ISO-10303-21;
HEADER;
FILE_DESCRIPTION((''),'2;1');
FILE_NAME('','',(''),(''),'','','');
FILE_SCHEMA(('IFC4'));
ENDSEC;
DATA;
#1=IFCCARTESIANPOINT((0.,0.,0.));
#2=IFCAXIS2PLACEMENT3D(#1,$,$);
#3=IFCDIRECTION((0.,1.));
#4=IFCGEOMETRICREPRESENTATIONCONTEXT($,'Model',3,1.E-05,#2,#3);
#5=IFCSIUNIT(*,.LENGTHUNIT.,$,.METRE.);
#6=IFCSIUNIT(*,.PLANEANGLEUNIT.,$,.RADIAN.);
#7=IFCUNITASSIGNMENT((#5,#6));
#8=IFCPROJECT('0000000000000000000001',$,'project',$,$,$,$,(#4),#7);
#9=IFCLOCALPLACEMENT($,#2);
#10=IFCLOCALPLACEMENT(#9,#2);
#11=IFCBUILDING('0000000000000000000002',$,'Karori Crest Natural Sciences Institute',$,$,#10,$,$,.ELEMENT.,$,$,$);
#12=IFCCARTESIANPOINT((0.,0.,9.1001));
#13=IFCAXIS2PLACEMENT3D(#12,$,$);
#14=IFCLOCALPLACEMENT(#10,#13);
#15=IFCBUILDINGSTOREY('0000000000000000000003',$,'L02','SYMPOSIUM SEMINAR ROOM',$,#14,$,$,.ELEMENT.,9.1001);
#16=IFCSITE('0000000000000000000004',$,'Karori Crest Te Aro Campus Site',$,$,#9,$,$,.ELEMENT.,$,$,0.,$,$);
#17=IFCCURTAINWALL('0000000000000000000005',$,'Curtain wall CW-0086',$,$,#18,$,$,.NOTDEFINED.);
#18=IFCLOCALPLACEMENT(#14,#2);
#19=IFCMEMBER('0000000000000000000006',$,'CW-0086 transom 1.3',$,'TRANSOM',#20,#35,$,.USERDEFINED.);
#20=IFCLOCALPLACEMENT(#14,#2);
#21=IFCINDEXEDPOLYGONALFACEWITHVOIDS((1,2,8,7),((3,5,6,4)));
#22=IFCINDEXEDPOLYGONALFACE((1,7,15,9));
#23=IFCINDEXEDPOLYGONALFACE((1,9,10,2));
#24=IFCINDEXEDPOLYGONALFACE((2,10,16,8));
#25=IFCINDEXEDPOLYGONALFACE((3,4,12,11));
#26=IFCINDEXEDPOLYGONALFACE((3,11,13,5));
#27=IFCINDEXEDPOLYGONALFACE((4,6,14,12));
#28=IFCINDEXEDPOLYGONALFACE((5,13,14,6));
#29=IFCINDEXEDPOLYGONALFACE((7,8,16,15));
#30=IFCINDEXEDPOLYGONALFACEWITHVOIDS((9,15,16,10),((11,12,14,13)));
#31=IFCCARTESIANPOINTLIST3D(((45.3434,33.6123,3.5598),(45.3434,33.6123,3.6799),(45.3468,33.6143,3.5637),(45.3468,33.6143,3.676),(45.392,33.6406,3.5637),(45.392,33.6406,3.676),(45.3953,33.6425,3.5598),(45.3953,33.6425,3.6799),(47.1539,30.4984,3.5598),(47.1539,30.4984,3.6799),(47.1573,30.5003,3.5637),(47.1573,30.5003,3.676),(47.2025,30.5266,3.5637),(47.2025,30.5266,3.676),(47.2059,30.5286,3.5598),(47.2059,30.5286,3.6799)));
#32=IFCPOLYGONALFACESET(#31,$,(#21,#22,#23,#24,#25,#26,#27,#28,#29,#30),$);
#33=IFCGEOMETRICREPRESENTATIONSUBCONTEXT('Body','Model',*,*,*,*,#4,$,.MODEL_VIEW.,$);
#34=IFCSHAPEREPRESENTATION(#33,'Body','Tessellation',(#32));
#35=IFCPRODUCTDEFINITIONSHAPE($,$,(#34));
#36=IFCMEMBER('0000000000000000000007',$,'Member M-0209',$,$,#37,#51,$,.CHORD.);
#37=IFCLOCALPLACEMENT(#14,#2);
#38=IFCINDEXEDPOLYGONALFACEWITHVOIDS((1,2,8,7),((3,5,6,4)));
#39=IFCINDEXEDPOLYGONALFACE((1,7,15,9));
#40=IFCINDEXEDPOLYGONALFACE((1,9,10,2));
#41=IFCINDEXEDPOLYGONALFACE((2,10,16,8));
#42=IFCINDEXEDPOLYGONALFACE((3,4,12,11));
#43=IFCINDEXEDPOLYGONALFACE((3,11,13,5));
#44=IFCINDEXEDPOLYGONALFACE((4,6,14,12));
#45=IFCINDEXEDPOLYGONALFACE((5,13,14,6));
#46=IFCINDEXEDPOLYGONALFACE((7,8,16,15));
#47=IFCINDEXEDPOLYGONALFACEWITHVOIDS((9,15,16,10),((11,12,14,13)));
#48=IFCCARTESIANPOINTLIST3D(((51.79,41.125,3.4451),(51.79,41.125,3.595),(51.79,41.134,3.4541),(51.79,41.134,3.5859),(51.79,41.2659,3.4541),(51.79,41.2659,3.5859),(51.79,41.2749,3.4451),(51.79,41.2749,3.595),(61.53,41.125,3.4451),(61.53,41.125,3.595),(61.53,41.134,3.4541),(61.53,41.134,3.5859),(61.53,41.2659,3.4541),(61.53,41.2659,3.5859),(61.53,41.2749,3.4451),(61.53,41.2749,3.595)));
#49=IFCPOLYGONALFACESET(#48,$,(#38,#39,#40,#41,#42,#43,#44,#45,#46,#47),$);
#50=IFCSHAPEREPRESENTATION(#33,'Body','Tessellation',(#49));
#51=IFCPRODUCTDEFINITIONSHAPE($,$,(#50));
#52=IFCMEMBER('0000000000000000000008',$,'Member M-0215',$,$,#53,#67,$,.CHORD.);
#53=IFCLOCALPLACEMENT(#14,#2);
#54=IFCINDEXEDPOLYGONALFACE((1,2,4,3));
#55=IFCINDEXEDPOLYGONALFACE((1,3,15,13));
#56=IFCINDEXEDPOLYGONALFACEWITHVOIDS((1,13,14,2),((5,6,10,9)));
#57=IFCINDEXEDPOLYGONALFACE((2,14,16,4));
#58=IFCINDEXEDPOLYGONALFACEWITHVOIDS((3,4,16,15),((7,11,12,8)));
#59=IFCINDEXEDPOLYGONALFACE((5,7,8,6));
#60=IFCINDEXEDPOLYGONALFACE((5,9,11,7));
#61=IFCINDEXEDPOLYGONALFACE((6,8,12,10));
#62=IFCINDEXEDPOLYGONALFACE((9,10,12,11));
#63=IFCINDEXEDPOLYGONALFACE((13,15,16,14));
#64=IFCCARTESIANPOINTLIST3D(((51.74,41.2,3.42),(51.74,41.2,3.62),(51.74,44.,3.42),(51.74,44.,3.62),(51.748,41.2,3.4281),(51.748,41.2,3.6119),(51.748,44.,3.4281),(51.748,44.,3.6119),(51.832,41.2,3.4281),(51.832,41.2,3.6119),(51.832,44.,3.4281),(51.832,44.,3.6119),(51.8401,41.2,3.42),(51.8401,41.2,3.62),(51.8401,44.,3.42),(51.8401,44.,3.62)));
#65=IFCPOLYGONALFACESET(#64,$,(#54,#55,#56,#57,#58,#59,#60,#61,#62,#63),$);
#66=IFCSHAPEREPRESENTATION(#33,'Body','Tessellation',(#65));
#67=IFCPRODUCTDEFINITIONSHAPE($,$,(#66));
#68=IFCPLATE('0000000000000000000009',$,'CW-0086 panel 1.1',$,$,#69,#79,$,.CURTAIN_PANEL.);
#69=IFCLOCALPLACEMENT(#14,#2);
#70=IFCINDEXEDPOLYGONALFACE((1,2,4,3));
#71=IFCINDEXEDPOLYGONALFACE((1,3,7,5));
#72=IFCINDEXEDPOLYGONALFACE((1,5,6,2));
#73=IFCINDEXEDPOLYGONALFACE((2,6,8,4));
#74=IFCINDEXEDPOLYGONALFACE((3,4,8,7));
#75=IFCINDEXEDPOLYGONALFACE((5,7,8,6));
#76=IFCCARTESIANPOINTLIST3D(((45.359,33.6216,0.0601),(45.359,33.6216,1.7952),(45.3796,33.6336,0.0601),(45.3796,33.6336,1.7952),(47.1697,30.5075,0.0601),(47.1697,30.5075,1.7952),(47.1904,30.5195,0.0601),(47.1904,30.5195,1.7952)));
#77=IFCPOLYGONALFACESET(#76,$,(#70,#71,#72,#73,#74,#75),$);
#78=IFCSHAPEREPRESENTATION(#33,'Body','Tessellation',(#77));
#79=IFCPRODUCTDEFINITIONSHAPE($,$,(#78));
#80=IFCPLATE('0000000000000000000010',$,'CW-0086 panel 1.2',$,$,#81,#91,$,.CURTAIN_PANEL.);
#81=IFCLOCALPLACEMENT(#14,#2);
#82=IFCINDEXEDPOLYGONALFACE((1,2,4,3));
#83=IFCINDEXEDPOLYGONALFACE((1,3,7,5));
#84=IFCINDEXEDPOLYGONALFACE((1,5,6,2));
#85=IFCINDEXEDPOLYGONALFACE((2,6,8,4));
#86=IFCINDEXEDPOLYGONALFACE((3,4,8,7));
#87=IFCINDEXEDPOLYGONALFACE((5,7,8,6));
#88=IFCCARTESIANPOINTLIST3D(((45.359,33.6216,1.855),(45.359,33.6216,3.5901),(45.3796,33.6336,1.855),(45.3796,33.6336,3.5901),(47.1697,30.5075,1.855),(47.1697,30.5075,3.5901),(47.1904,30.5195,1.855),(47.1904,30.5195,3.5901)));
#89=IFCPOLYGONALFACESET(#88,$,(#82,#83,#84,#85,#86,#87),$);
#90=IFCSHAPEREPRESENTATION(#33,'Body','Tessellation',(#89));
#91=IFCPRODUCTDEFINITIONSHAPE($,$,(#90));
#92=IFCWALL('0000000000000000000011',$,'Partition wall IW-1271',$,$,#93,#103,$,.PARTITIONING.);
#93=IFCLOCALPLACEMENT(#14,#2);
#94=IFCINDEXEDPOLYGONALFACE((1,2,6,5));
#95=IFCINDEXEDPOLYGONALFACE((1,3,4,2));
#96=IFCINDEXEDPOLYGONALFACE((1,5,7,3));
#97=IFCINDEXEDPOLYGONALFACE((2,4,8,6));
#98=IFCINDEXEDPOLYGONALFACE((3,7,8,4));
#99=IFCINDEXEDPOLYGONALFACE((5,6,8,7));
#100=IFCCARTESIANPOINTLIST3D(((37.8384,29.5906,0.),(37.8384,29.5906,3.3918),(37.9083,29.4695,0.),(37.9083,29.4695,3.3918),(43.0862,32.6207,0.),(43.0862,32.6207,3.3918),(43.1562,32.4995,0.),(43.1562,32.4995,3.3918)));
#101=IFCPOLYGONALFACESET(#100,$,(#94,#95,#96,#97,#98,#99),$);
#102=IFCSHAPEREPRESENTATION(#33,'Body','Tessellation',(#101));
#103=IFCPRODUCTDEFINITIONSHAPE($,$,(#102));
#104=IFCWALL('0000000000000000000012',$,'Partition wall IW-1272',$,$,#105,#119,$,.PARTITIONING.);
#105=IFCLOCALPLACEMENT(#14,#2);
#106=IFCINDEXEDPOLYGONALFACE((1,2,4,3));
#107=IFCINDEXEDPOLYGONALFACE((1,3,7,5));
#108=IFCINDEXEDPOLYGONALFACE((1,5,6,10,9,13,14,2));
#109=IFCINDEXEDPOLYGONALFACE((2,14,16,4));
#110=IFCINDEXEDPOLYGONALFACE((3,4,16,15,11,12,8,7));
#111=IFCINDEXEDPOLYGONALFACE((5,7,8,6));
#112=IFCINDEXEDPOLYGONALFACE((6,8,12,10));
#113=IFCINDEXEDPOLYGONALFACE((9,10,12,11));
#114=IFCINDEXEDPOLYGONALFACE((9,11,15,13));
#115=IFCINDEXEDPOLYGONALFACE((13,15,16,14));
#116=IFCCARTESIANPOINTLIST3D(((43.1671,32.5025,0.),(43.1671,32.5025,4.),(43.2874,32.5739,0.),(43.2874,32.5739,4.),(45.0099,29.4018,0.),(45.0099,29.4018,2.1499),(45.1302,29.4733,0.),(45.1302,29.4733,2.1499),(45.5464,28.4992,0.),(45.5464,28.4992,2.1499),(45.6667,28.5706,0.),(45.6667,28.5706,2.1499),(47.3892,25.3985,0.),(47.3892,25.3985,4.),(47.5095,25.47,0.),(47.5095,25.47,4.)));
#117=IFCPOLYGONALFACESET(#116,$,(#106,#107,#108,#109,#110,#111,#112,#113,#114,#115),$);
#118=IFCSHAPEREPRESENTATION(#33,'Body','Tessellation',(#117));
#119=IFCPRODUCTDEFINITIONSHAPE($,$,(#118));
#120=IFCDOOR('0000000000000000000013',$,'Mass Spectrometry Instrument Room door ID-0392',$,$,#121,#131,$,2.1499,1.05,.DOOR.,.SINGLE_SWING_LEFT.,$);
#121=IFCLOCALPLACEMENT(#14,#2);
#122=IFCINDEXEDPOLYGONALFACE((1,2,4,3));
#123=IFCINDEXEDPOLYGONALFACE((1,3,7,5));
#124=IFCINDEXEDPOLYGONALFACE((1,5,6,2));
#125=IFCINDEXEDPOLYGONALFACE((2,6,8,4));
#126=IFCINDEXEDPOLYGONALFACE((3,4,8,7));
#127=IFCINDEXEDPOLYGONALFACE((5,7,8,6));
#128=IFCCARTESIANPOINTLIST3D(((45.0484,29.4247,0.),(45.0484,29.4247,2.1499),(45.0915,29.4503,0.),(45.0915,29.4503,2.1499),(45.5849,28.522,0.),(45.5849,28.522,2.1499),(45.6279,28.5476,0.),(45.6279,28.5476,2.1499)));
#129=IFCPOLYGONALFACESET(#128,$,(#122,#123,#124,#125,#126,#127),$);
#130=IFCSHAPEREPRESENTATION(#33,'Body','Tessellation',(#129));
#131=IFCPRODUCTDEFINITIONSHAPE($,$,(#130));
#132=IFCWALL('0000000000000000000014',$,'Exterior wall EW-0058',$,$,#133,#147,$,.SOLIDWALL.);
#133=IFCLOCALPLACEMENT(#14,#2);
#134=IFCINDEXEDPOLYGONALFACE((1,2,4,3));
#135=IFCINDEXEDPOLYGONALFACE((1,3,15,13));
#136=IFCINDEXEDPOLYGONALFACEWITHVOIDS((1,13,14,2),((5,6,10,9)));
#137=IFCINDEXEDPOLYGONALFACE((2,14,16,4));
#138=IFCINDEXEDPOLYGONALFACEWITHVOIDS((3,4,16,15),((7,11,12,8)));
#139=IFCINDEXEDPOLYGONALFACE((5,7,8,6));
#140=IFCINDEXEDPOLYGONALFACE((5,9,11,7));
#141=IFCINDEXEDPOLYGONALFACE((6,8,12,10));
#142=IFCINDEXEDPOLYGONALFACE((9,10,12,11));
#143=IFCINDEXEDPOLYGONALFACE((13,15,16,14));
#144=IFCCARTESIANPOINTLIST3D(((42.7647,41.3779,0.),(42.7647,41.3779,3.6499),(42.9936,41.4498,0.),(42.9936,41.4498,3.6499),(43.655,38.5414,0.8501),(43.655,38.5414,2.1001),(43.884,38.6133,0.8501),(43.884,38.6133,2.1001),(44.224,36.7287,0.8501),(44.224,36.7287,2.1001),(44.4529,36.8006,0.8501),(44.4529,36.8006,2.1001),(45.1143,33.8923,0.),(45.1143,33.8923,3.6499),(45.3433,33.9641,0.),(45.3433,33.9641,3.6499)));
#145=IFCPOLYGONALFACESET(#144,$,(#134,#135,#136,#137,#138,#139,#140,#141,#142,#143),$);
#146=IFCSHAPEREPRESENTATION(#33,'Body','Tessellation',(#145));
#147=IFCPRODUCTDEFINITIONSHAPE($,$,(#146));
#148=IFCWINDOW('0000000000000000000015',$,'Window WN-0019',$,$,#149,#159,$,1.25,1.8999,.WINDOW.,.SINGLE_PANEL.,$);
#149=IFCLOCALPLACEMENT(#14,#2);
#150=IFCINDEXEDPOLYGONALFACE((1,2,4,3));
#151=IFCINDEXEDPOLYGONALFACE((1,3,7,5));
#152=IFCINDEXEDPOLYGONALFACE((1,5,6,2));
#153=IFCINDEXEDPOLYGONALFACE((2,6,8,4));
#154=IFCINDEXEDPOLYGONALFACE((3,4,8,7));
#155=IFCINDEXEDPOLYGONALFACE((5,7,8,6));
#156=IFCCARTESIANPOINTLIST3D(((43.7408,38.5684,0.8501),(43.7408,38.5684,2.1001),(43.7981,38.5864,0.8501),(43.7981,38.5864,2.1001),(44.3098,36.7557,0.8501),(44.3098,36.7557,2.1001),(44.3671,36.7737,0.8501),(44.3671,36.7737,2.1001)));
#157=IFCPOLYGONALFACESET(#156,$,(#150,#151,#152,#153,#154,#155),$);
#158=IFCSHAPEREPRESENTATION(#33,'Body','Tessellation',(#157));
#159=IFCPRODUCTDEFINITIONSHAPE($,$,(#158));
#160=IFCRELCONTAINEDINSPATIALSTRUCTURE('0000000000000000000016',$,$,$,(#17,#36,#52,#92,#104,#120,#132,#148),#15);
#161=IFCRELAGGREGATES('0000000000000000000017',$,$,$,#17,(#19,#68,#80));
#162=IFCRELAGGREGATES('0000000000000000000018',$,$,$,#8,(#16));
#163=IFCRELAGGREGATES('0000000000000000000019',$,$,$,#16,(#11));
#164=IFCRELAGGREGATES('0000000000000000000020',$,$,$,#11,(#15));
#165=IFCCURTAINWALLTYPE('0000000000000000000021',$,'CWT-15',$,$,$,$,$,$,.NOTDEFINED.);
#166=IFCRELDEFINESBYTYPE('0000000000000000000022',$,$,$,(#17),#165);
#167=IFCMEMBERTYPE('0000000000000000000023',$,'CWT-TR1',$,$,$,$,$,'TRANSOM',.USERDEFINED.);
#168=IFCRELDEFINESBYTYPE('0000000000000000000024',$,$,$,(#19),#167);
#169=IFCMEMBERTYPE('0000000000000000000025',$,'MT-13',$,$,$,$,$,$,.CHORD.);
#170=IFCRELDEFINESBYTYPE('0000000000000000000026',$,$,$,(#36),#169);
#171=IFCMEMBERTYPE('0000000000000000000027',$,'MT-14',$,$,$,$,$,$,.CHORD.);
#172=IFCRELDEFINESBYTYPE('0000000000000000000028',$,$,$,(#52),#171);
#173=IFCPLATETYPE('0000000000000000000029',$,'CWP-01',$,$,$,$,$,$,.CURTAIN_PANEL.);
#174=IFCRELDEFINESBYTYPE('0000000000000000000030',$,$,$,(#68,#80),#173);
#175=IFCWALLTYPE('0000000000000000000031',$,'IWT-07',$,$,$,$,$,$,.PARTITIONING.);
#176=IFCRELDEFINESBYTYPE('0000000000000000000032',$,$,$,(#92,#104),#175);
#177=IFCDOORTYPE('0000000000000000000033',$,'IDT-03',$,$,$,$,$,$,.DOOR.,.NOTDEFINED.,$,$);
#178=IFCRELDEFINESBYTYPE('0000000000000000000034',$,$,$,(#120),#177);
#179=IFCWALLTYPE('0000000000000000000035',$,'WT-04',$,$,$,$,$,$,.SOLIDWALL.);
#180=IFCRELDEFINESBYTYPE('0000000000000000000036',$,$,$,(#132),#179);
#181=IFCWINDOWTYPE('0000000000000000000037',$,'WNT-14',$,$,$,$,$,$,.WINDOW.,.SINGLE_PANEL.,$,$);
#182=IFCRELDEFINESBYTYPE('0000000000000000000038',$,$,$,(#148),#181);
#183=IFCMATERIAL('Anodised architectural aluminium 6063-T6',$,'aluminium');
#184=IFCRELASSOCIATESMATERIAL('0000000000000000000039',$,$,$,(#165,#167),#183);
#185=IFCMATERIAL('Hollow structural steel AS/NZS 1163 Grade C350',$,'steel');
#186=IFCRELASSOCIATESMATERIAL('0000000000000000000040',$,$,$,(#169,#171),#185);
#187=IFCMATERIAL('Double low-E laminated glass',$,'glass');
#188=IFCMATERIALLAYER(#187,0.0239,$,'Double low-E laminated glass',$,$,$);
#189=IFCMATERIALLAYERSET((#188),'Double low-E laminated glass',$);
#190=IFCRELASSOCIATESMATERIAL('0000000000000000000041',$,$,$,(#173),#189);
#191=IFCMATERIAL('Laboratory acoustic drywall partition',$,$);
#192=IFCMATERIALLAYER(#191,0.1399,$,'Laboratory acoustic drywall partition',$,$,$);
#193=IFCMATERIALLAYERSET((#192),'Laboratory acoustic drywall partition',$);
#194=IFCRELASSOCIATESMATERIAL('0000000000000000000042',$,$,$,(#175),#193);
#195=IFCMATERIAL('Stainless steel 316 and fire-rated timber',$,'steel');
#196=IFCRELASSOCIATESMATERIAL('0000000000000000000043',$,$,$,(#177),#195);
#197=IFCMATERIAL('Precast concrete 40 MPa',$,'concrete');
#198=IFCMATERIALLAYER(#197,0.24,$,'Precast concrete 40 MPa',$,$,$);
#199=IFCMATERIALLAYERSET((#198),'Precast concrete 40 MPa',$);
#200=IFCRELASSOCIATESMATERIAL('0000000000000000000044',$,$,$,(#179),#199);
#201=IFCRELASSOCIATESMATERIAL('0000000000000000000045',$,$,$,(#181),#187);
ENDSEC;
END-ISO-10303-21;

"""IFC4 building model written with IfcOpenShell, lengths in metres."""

from ifc_helpers import new_model, si_unit, direction, frame, frame_2d, origin, origin_2d, place, context, subcontext, project, spatial, rectangle, hollow_rectangle, extrude, material, layer, layer_set, material_profile, profile_set, type_object, element, fill, aggregate, save


model = new_model("IFC4")

# Units and contexts
model_context = context("Model", 3, precision=1e-05, world=origin(), true_north=direction((0.0, 1.0)))
body_context = subcontext(model_context, "Body", "Model", "MODEL_VIEW")
ifc_project = project(units=[si_unit("LENGTHUNIT", "METRE"), si_unit("PLANEANGLEUNIT", "RADIAN")], contexts=[model_context])

# Site, building, storey
site_placement = place(None, origin())
site = spatial("IfcSite", under=ifc_project, at=site_placement, Name="Karori Crest Te Aro Campus Site", CompositionType="ELEMENT", RefElevation=0.0)
building_placement = place(site_placement, origin())
building = spatial("IfcBuilding", under=site, at=building_placement, Name="Karori Crest Natural Sciences Institute", CompositionType="ELEMENT")
storey_placement = place(building_placement, frame((0.0, 0.0, 9.1001)))
storey = spatial("IfcBuildingStorey", under=building, at=storey_placement, Name="L02", Description="SYMPOSIUM SEMINAR ROOM", CompositionType="ELEMENT", Elevation=9.1001)

# Shared definitions
ifc_material_1 = material(Name="Hollow structural steel AS/NZS 1163 Grade C350", Category="steel")

# Curtain wall, member
ifc_material_2 = material(Name="Anodised architectural aluminium 6063-T6", Category="aluminium")
curtain_wall_type = type_object("IfcCurtainWallType", Name="CWT-15", PredefinedType="NOTDEFINED", material=ifc_material_2)
curtain_wall_placement = place(storey_placement, origin())
curtain_wall = element("IfcCurtainWall", 1, at=curtain_wall_placement, inside=storey, type_object=curtain_wall_type, Name="Curtain wall CW-0086", PredefinedType="NOTDEFINED")
ifc_material_profile_1 = material_profile(ifc_material_2, hollow_rectangle(XDim=0.0601, YDim=0.1201, WallThickness=0.0039, at=origin_2d()), Name="CWT120x60x4")
ifc_profile_set_1 = profile_set([ifc_material_profile_1], Name="Anodised architectural aluminium 6063-T6")
member_type_1 = type_object("IfcMemberType", Name="CWT-TR1", ElementType="TRANSOM", PredefinedType="USERDEFINED", material=ifc_profile_set_1)
member_1_placement = place(storey_placement, frame((45.3694, 33.6274, 3.6199), z_axis=(0.502636, -0.864498, 0.0), x_axis=(0.864498, 0.502636, 0.0)))
member_1 = element("IfcMember", 2, at=member_1_placement, type_object=member_type_1, Name="CW-0086 transom 1.3", ObjectType="TRANSOM", PredefinedType="USERDEFINED", context=body_context, shape_type="SweptSolid", body=[
    extrude(hollow_rectangle(XDim=0.0601, YDim=0.1201, WallThickness=0.0039, at=origin_2d()), origin(), (0.0, 0.0, 1.0), 3.6021),
])

# Members
ifc_material_profile_2 = material_profile(ifc_material_1, hollow_rectangle(XDim=0.1499, YDim=0.1499, WallThickness=0.009, at=origin_2d()), Name="SHS150x150x9")
ifc_profile_set_2 = profile_set([ifc_material_profile_2], Name="Hollow structural steel AS/NZS 1163 Grade C350")
member_type_2 = type_object("IfcMemberType", Name="MT-13", PredefinedType="CHORD", material=ifc_profile_set_2)
member_2_placement = place(storey_placement, frame((51.79, 41.2, 3.52), z_axis=(1.0, 0.0, 0.0), x_axis=(0.0, 1.0, 0.0)))
element("IfcMember", 3, at=member_2_placement, inside=storey, type_object=member_type_2, Name="Member M-0209", PredefinedType="CHORD", context=body_context, shape_type="SweptSolid", body=[
    extrude(hollow_rectangle(XDim=0.1499, YDim=0.1499, WallThickness=0.009, at=origin_2d()), origin(), (0.0, 0.0, 1.0), 9.74),
])
ifc_material_profile_3 = material_profile(ifc_material_1, hollow_rectangle(XDim=0.1001, YDim=0.2, WallThickness=0.0081, at=origin_2d()), Name="RHS200x100x8")
ifc_profile_set_3 = profile_set([ifc_material_profile_3], Name="Hollow structural steel AS/NZS 1163 Grade C350")
member_type_3 = type_object("IfcMemberType", Name="MT-14", PredefinedType="CHORD", material=ifc_profile_set_3)
member_3_placement = place(storey_placement, frame((51.79, 41.2, 3.52), z_axis=(0.0, 1.0, 0.0), x_axis=(-1.0, 0.0, 0.0)))
element("IfcMember", 4, at=member_3_placement, inside=storey, type_object=member_type_3, Name="Member M-0215", PredefinedType="CHORD", context=body_context, shape_type="SweptSolid", body=[
    extrude(hollow_rectangle(XDim=0.1001, YDim=0.2, WallThickness=0.0081, at=origin_2d()), origin(), (0.0, 0.0, 1.0), 2.8),
])

# Plates
ifc_material_3 = material(Name="Double low-E laminated glass", Category="glass")
ifc_layer_1 = layer(ifc_material_3, 0.0239, Name="Double low-E laminated glass")
ifc_layer_set_1 = layer_set([ifc_layer_1], Name="Double low-E laminated glass")
plate_type = type_object("IfcPlateType", Name="CWP-01", PredefinedType="CURTAIN_PANEL", material=ifc_layer_set_1)
plate_1_placement = place(storey_placement, frame((46.2747, 32.0706, 0.0601), z_axis=(0.0, 0.0, 1.0), x_axis=(0.50266, -0.864484, 0.0)))
plate_1 = element("IfcPlate", 5, at=plate_1_placement, type_object=plate_type, Name="CW-0086 panel 1.1", PredefinedType="CURTAIN_PANEL", context=body_context, shape_type="SweptSolid", body=[
    extrude(rectangle(XDim=3.6023, YDim=0.0239, at=origin_2d()), origin(), (0.0, 0.0, 1.0), 1.7351),
])
plate_2_placement = place(storey_placement, frame((46.2747, 32.0706, 1.855), z_axis=(0.0, 0.0, 1.0), x_axis=(0.50266, -0.864484, 0.0)))
plate_2 = element("IfcPlate", 6, at=plate_2_placement, type_object=plate_type, Name="CW-0086 panel 1.2", PredefinedType="CURTAIN_PANEL", context=body_context, shape_type="SweptSolid", body=[
    extrude(rectangle(XDim=3.6023, YDim=0.0239, at=origin_2d()), origin(), (0.0, 0.0, 1.0), 1.7351),
])
aggregate(curtain_wall, [member_1, plate_1, plate_2])

# Wall
ifc_material_4 = material(Name="Laboratory acoustic drywall partition")
ifc_layer_2 = layer(ifc_material_4, 0.1399, Name="Laboratory acoustic drywall partition")
ifc_layer_set_2 = layer_set([ifc_layer_2], Name="Laboratory acoustic drywall partition")
wall_type_1 = type_object("IfcWallType", Name="IWT-07", PredefinedType="PARTITIONING", material=ifc_layer_set_2)
wall_1_placement = place(storey_placement, frame((43.1211, 32.5601, 0.0), z_axis=(0.0, 0.0, 1.0), x_axis=(-0.86601, -0.500026, 0.0)))
element("IfcWall", 7, at=wall_1_placement, inside=storey, type_object=wall_type_1, Name="Partition wall IW-1271", PredefinedType="PARTITIONING", context=body_context, shape_type="SweptSolid", body=[
    extrude(rectangle(XDim=6.0598, YDim=0.1399, at=frame_2d((3.0298, 0.0))), origin(), (0.0, 0.0, 1.0), 3.3918),
])

# Wall, opening, door
wall_2_placement = place(storey_placement, frame((43.2273, 32.5381, 0.0), z_axis=(0.0, 0.0, 1.0), x_axis=(0.510911, -0.859633, 0.0)))
wall_2 = element("IfcWall", 8, at=wall_2_placement, inside=storey, type_object=wall_type_1, Name="Partition wall IW-1272", PredefinedType="PARTITIONING", context=body_context, shape_type="SweptSolid", body=[
    extrude(rectangle(XDim=8.2639, YDim=0.1399, at=frame_2d((4.1318, 0.0))), origin(), (0.0, 0.0, 1.0), 4.0),
])
opening_1_placement = place(wall_2_placement, frame((3.6069, 0.0, 0.0)))
opening_1 = element("IfcOpeningElement", 9, at=opening_1_placement, cuts=wall_2, PredefinedType="OPENING", context=body_context, shape_type="SweptSolid", body=[
    extrude(rectangle(XDim=1.05, YDim=2.1499, at=frame_2d((0.5249, 1.075))), frame((0.0, 0.0801, 0.0), z_axis=(0.0, -1.0, 0.0), x_axis=(1.0, 0.0, 0.0)), (0.0, 0.0, 1.0), 0.1599),
])
ifc_material_5 = material(Name="Stainless steel 316 and fire-rated timber", Category="steel")
door_type = type_object("IfcDoorType", Name="IDT-03", OperationType="NOTDEFINED", PredefinedType="DOOR", material=ifc_material_5)
door_placement = place(opening_1_placement, origin())
door = element("IfcDoor", 10, at=door_placement, inside=storey, type_object=door_type, Name="Mass Spectrometry Instrument Room door ID-0392", OperationType="SINGLE_SWING_LEFT", OverallHeight=2.1499, OverallWidth=1.05, PredefinedType="DOOR", context=body_context, shape_type="SweptSolid", body=[
    extrude(rectangle(XDim=1.05, YDim=2.1499, at=frame_2d((0.5249, 1.075))), frame((0.0, 0.0249, 0.0), z_axis=(0.0, -1.0, 0.0), x_axis=(1.0, 0.0, 0.0)), (0.0, 0.0, 1.0), 0.05),
])
fill(opening_1, door)

# Wall, opening, window
ifc_material_6 = material(Name="Precast concrete 40 MPa", Category="concrete")
ifc_layer_3 = layer(ifc_material_6, 0.24, Name="Precast concrete 40 MPa")
ifc_layer_set_3 = layer_set([ifc_layer_3], Name="Precast concrete 40 MPa")
wall_type_2 = type_object("IfcWallType", Name="WT-04", PredefinedType="SOLIDWALL", material=ifc_layer_set_3)
wall_3_placement = place(storey_placement, frame((42.8792, 41.4138, 0.0), z_axis=(0.0, 0.0, 1.0), x_axis=(0.299478, -0.954103, 0.0)))
wall_3 = element("IfcWall", 11, at=wall_3_placement, inside=storey, type_object=wall_type_2, Name="Exterior wall EW-0058", PredefinedType="SOLIDWALL", context=body_context, shape_type="SweptSolid", body=[
    extrude(rectangle(XDim=7.8457, YDim=0.24, at=frame_2d((3.9229, 0.0))), origin(), (0.0, 0.0, 1.0), 3.6499),
])
opening_2_placement = place(wall_3_placement, frame((2.9729, 0.0, 0.8501)))
opening_2 = element("IfcOpeningElement", 12, at=opening_2_placement, cuts=wall_3, PredefinedType="OPENING", context=body_context, shape_type="SweptSolid", body=[
    extrude(rectangle(XDim=1.8999, YDim=1.25, at=frame_2d((0.95, 0.625))), frame((0.0, 0.1299, 0.0), z_axis=(0.0, -1.0, 0.0), x_axis=(1.0, 0.0, 0.0)), (0.0, 0.0, 1.0), 0.26),
])
window_type = type_object("IfcWindowType", Name="WNT-14", PartitioningType="SINGLE_PANEL", PredefinedType="WINDOW", material=ifc_material_3)
window_placement = place(opening_2_placement, origin())
window = element("IfcWindow", 13, at=window_placement, inside=storey, type_object=window_type, Name="Window WN-0019", OverallHeight=1.25, OverallWidth=1.8999, PartitioningType="SINGLE_PANEL", PredefinedType="WINDOW", context=body_context, shape_type="SweptSolid", body=[
    extrude(rectangle(XDim=1.8999, YDim=1.25, at=frame_2d((0.95, 0.625))), frame((0.0, 0.03, 0.0), z_axis=(0.0, -1.0, 0.0), x_axis=(1.0, 0.0, 0.0)), (0.0, 0.0, 1.0), 0.0601),
])
fill(opening_2, window)

save(model, "model.ifc")
